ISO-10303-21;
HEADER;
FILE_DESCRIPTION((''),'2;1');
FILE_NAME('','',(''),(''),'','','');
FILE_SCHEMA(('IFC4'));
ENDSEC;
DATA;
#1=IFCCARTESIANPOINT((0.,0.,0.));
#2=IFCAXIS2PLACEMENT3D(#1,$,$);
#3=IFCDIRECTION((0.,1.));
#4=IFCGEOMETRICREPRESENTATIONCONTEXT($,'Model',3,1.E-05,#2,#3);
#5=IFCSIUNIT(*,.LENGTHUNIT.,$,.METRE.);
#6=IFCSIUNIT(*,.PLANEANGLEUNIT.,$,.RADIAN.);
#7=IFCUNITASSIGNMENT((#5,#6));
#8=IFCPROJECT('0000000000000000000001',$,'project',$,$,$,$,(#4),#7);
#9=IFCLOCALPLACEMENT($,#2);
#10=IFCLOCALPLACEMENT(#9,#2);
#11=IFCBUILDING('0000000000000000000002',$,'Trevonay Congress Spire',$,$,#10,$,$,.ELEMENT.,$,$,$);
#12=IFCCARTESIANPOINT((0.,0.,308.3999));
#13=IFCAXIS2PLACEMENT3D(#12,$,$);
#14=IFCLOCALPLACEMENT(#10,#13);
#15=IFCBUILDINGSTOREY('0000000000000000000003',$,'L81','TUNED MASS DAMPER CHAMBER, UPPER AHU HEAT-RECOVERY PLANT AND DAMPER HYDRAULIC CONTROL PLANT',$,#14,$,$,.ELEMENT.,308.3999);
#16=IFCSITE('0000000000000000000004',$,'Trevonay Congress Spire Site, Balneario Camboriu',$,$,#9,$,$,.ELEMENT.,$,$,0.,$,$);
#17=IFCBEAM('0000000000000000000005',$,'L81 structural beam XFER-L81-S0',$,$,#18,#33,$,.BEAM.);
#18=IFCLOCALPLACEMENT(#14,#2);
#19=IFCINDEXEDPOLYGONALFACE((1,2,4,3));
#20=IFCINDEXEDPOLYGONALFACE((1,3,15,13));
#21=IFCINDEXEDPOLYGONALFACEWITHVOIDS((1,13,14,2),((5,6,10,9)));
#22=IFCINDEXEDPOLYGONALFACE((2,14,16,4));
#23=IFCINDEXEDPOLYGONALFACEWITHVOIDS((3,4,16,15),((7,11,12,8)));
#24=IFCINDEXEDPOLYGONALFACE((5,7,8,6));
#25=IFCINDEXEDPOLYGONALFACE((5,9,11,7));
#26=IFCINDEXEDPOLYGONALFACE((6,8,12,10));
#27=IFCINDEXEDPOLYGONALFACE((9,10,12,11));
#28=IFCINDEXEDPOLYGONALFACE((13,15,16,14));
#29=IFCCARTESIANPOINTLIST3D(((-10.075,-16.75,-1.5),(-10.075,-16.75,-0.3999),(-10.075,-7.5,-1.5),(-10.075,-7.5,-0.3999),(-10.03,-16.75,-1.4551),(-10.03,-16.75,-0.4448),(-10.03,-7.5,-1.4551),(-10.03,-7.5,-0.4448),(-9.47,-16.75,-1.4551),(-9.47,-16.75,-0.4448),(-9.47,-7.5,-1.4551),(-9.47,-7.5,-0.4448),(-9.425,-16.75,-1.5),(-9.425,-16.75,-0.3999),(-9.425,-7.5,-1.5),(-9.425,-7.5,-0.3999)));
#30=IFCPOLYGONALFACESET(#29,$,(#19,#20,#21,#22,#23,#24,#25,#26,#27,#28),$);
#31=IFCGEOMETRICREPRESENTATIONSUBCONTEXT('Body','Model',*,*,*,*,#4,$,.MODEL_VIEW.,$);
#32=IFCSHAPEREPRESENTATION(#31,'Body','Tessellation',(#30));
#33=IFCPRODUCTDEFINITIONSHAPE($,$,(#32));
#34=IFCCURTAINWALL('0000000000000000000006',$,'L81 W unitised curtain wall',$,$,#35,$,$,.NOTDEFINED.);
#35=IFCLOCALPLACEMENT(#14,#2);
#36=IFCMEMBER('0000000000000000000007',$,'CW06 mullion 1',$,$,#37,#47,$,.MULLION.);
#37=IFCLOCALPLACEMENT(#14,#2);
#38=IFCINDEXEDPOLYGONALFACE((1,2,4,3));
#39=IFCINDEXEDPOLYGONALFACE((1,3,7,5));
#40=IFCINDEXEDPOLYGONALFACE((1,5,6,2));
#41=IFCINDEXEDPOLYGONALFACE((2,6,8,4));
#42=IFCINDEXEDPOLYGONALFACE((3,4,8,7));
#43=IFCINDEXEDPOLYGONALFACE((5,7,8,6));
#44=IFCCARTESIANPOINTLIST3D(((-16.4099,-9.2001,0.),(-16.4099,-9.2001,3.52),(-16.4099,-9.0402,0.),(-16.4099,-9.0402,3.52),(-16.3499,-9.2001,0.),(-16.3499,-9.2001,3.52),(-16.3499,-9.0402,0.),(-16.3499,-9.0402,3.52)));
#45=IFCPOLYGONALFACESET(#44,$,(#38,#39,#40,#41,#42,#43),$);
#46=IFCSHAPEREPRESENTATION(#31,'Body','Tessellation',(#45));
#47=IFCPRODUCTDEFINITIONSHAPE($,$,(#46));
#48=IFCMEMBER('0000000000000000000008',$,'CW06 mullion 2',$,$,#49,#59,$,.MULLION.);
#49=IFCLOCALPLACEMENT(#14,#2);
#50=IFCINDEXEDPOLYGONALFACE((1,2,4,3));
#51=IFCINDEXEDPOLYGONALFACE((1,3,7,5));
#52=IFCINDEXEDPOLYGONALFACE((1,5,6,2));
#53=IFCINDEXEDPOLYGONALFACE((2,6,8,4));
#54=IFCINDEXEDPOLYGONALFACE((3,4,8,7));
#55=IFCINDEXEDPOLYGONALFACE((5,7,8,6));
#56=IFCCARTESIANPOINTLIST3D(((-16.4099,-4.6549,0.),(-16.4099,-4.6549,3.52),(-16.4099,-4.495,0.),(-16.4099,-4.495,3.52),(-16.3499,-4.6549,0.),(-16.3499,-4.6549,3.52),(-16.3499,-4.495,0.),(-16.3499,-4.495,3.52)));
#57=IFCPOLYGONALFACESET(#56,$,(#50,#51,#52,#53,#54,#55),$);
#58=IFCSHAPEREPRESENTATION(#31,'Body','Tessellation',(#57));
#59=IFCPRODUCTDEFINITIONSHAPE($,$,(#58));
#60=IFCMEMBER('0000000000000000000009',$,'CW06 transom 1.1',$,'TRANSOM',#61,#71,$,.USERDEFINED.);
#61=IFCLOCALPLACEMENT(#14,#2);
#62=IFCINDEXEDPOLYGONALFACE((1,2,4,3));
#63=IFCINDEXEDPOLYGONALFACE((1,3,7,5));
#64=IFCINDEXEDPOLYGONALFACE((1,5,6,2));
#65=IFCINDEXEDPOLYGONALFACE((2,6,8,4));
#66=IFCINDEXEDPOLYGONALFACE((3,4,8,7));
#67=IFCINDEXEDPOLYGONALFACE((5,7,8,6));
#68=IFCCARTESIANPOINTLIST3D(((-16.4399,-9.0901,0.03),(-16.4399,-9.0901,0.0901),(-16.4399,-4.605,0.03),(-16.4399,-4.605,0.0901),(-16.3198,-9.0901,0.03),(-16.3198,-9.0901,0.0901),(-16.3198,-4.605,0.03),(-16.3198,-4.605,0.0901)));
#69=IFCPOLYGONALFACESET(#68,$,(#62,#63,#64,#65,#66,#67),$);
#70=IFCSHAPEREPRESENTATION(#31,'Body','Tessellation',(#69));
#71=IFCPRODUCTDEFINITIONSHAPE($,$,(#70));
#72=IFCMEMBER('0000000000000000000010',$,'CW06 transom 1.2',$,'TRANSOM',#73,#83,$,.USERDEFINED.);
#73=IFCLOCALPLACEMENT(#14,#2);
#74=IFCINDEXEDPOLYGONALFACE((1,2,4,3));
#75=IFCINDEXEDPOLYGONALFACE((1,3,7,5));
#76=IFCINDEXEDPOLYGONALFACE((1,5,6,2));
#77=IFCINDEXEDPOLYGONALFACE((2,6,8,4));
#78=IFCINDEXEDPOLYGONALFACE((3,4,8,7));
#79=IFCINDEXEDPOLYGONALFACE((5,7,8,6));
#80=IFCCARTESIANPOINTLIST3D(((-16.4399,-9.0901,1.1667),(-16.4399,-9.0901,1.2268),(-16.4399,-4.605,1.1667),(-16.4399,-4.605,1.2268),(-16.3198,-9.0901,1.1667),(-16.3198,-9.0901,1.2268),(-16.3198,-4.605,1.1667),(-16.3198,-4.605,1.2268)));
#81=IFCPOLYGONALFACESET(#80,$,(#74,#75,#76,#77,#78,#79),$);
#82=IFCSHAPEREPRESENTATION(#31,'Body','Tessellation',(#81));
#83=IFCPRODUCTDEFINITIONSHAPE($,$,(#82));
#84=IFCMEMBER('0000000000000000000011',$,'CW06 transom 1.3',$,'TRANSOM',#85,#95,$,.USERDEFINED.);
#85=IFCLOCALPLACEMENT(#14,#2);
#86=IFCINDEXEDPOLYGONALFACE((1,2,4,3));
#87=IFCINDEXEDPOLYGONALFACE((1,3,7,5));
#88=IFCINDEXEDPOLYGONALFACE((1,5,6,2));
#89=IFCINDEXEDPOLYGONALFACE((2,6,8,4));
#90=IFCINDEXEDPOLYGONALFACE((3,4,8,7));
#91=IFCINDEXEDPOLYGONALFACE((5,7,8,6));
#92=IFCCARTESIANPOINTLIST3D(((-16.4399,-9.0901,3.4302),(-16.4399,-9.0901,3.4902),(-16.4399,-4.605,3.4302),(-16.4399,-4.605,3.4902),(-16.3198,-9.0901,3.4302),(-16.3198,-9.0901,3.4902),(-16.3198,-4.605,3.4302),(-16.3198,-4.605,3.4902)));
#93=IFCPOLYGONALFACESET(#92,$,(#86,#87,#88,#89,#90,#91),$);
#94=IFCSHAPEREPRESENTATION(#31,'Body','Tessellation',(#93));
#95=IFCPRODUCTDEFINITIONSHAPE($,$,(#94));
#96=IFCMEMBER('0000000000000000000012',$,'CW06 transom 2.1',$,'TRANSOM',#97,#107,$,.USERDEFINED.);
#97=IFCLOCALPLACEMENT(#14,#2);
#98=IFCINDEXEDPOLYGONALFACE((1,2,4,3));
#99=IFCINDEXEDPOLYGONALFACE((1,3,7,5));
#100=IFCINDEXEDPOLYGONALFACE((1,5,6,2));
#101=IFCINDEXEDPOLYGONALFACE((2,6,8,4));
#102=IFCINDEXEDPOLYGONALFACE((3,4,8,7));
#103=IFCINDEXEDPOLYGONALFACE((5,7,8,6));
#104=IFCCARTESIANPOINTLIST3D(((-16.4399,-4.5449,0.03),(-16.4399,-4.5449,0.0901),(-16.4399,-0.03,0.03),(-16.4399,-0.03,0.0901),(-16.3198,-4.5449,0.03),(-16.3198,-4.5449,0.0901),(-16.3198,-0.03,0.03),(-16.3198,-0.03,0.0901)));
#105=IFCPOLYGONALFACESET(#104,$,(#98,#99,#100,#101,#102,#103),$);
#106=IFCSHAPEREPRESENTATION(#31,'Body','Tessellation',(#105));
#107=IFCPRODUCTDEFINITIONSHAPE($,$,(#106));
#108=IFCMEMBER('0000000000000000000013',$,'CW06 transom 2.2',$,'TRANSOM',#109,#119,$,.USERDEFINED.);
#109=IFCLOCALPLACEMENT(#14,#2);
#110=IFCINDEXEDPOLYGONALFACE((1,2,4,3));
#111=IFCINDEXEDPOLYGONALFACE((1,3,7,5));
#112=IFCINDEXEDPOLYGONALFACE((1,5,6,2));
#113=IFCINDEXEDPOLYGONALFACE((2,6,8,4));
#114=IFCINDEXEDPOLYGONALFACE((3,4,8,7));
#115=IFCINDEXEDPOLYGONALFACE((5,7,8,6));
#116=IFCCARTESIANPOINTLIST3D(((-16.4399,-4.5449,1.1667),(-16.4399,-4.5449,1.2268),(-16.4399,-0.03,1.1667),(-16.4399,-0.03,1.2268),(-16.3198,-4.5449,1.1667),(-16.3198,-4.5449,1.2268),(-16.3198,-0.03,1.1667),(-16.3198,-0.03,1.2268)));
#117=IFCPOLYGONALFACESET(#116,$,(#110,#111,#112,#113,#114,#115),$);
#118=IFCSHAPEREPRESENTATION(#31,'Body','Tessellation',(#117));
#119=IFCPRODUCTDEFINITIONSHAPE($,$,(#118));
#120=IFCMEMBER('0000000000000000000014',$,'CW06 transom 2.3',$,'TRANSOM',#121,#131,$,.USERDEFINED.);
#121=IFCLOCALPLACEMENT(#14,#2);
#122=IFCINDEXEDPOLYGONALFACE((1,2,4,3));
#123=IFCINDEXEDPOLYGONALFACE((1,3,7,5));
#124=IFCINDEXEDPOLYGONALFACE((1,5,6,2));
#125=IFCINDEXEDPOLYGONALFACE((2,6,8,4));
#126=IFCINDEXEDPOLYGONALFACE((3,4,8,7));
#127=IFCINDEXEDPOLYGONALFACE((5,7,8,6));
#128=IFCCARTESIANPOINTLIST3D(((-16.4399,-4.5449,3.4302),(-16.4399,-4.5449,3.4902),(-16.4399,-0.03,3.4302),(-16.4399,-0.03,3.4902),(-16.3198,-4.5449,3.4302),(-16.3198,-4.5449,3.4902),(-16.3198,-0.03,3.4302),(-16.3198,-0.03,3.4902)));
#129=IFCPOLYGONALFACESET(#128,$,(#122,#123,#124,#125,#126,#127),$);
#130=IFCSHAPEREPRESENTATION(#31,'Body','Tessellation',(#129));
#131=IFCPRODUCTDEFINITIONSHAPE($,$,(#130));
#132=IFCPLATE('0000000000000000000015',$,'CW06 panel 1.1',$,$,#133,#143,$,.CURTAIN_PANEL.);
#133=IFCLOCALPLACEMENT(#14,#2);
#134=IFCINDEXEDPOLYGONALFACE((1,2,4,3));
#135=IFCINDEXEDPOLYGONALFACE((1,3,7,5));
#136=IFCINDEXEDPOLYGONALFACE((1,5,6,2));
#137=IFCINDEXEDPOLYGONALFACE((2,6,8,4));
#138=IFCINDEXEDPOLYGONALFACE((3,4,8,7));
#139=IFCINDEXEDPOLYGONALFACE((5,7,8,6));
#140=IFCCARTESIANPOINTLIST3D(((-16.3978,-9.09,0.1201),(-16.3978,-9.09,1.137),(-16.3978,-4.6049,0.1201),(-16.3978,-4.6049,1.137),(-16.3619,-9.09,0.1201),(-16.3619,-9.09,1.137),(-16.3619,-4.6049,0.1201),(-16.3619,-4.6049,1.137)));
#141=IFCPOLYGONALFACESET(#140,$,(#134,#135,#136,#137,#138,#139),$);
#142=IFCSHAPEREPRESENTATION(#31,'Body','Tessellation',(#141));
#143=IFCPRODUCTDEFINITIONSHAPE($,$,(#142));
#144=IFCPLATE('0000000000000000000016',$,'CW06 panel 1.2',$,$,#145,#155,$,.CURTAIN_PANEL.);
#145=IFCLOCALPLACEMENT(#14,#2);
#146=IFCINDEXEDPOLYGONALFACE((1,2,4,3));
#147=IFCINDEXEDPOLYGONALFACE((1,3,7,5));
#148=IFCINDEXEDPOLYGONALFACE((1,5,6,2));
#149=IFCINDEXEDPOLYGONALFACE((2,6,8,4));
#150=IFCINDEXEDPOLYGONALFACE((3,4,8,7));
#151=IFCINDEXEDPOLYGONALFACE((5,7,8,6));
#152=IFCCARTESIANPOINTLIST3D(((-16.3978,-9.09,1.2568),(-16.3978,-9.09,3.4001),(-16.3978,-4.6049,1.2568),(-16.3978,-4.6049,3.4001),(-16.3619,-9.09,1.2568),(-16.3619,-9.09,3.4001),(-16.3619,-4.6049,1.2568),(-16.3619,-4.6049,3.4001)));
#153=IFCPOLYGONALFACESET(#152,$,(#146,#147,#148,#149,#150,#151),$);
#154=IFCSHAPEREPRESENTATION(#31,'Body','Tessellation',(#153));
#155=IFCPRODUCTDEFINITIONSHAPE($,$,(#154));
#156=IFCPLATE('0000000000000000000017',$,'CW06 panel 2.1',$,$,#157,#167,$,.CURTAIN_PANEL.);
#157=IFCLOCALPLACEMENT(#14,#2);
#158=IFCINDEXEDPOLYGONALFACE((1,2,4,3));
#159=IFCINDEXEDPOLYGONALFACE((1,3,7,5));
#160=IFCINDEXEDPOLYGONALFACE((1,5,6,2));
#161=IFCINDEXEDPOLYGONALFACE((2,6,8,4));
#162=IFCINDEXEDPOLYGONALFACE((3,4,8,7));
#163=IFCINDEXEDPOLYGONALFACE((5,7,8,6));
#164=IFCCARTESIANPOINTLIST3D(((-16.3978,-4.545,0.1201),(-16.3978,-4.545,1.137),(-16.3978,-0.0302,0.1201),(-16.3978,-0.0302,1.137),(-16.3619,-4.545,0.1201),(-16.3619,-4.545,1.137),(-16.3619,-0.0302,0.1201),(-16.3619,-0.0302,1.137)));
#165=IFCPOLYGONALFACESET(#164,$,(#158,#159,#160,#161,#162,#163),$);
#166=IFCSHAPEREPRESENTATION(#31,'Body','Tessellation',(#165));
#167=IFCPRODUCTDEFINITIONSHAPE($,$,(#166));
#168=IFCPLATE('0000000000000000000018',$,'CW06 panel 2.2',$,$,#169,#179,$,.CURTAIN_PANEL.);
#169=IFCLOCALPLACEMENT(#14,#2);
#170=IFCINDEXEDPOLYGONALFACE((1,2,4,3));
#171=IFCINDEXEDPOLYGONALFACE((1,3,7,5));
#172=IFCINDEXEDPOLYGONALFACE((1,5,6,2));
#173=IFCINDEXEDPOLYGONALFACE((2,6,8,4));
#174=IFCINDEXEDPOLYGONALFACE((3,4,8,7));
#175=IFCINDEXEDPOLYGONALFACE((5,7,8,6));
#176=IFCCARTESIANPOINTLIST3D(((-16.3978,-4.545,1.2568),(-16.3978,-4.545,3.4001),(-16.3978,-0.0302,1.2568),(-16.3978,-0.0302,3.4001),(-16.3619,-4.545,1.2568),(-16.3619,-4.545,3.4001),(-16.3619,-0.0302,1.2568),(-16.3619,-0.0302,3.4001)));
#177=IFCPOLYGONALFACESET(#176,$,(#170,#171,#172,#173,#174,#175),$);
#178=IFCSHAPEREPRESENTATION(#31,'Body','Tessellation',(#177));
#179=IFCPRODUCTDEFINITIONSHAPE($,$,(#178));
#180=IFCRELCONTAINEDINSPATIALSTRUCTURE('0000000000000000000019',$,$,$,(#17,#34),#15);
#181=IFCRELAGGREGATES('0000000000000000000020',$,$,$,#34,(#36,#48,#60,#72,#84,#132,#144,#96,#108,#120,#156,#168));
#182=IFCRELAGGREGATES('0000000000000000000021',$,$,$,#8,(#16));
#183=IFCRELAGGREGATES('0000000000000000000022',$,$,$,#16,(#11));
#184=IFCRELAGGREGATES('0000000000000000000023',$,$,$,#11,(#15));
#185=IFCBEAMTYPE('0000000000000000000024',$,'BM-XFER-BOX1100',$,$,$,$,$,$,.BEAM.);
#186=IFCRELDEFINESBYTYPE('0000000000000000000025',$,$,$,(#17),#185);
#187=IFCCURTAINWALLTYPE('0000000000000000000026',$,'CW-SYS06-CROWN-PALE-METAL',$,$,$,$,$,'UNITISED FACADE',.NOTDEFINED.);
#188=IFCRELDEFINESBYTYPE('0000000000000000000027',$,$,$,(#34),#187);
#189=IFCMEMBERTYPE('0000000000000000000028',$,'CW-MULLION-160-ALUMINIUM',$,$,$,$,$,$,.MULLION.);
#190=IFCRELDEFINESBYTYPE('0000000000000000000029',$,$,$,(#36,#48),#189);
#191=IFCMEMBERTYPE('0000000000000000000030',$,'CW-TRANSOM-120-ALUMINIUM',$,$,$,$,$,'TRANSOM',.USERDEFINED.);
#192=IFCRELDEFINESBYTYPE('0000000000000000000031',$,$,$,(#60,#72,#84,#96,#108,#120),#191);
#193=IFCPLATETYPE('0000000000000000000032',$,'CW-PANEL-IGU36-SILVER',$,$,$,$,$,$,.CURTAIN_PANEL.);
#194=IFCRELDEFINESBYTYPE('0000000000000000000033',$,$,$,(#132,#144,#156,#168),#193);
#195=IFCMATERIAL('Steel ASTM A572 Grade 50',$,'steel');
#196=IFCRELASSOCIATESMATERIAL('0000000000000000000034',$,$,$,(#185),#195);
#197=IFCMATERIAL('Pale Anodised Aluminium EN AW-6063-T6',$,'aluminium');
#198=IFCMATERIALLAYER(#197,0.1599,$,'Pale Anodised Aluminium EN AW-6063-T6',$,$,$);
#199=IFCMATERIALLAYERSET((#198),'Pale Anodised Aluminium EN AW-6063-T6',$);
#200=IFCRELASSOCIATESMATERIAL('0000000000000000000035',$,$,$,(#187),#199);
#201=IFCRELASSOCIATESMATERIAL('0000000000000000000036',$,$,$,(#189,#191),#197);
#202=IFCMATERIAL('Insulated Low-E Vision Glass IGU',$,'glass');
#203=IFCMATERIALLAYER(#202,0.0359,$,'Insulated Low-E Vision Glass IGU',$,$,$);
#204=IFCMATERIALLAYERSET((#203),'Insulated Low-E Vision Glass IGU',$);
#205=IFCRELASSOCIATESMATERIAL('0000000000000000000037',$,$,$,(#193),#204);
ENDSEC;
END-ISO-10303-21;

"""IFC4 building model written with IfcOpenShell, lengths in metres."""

from ifc_helpers import new_model, si_unit, direction, frame, origin, origin_2d, place, context, subcontext, project, spatial, rectangle, hollow_rectangle, extrude, material, layer, layer_set, material_profile, profile_set, type_object, element, aggregate, save


model = new_model("IFC4")

# Units and contexts
model_context = context("Model", 3, precision=1e-05, world=origin(), true_north=direction((0.0, 1.0)))
body_context = subcontext(model_context, "Body", "Model", "MODEL_VIEW")
ifc_project = project(units=[si_unit("LENGTHUNIT", "METRE"), si_unit("PLANEANGLEUNIT", "RADIAN")], contexts=[model_context])

# Site, building, storey
site_placement = place(None, origin())
site = spatial("IfcSite", under=ifc_project, at=site_placement, Name="Trevonay Congress Spire Site, Balneario Camboriu", CompositionType="ELEMENT", RefElevation=0.0)
building_placement = place(site_placement, origin())
building = spatial("IfcBuilding", under=site, at=building_placement, Name="Trevonay Congress Spire", CompositionType="ELEMENT")
storey_placement = place(building_placement, frame((0.0, 0.0, 308.3999)))
storey = spatial("IfcBuildingStorey", under=building, at=storey_placement, Name="L81", Description="TUNED MASS DAMPER CHAMBER, UPPER AHU HEAT-RECOVERY PLANT AND DAMPER HYDRAULIC CONTROL PLANT", CompositionType="ELEMENT", Elevation=308.3999)

# Beam
ifc_material_1 = material(Name="Steel ASTM A572 Grade 50", Category="steel")
ifc_material_profile_1 = material_profile(ifc_material_1, hollow_rectangle(XDim=0.6499, YDim=1.1001, WallThickness=0.0449, at=origin_2d()), Name="BOX 1100x650x45")
ifc_profile_set_1 = profile_set([ifc_material_profile_1], Name="Steel ASTM A572 Grade 50")
beam_type = type_object("IfcBeamType", Name="BM-XFER-BOX1100", PredefinedType="BEAM", material=ifc_profile_set_1)
beam_placement = place(storey_placement, frame((-9.75, -7.5, -0.95), z_axis=(0.0, -1.0, 0.0), x_axis=(1.0, 0.0, 0.0)))
element("IfcBeam", 1, at=beam_placement, inside=storey, type_object=beam_type, Name="L81 structural beam XFER-L81-S0", PredefinedType="BEAM", context=body_context, shape_type="SweptSolid", body=[
    extrude(hollow_rectangle(XDim=0.6499, YDim=1.1001, WallThickness=0.0449, at=origin_2d()), origin(), (0.0, 0.0, 1.0), 9.25),
])

# Curtain wall, members, plates
ifc_material_2 = material(Name="Pale Anodised Aluminium EN AW-6063-T6", Category="aluminium")
ifc_layer_1 = layer(ifc_material_2, 0.1599, Name="Pale Anodised Aluminium EN AW-6063-T6")
ifc_layer_set_1 = layer_set([ifc_layer_1], Name="Pale Anodised Aluminium EN AW-6063-T6")
curtain_wall_type = type_object("IfcCurtainWallType", Name="CW-SYS06-CROWN-PALE-METAL", ElementType="UNITISED FACADE", PredefinedType="NOTDEFINED", material=ifc_layer_set_1)
curtain_wall_placement = place(storey_placement, origin())
curtain_wall = element("IfcCurtainWall", 2, at=curtain_wall_placement, inside=storey, type_object=curtain_wall_type, Name="L81 W unitised curtain wall", PredefinedType="NOTDEFINED")
ifc_material_profile_2 = material_profile(ifc_material_2, rectangle(XDim=0.0601, YDim=0.1599, at=origin_2d()), Name="CW-MULLION-160-ALUMINIUM")
ifc_profile_set_2 = profile_set([ifc_material_profile_2], Name="Pale Anodised Aluminium EN AW-6063-T6")
member_type_1 = type_object("IfcMemberType", Name="CW-MULLION-160-ALUMINIUM", PredefinedType="MULLION", material=ifc_profile_set_2)
member_1_placement = place(storey_placement, frame((-16.3799, -9.1201, 0.0), z_axis=(0.0, 0.0, 1.0), x_axis=(-1.0, 0.0, 0.0)))
member_1 = element("IfcMember", 3, at=member_1_placement, type_object=member_type_1, Name="CW06 mullion 1", PredefinedType="MULLION", context=body_context, shape_type="SweptSolid", body=[
    extrude(rectangle(XDim=0.0601, YDim=0.1599, at=origin_2d()), origin(), (0.0, 0.0, 1.0), 3.52),
])
member_2_placement = place(storey_placement, frame((-16.3799, -4.575, 0.0), z_axis=(0.0, 0.0, 1.0), x_axis=(-1.0, 0.0, 0.0)))
member_2 = element("IfcMember", 4, at=member_2_placement, type_object=member_type_1, Name="CW06 mullion 2", PredefinedType="MULLION", context=body_context, shape_type="SweptSolid", body=[
    extrude(rectangle(XDim=0.0601, YDim=0.1599, at=origin_2d()), origin(), (0.0, 0.0, 1.0), 3.52),
])
ifc_material_profile_3 = material_profile(ifc_material_2, rectangle(XDim=0.1201, YDim=0.0601, at=origin_2d()), Name="CW-TRANSOM-120-ALUMINIUM")
ifc_profile_set_3 = profile_set([ifc_material_profile_3], Name="Pale Anodised Aluminium EN AW-6063-T6")
member_type_2 = type_object("IfcMemberType", Name="CW-TRANSOM-120-ALUMINIUM", ElementType="TRANSOM", PredefinedType="USERDEFINED", material=ifc_profile_set_3)
member_3_placement = place(storey_placement, frame((-16.3799, -9.0901, 0.0601), z_axis=(0.0, 1.0, 0.0), x_axis=(-1.0, 0.0, 0.0)))
member_3 = element("IfcMember", 5, at=member_3_placement, type_object=member_type_2, Name="CW06 transom 1.1", ObjectType="TRANSOM", PredefinedType="USERDEFINED", context=body_context, shape_type="SweptSolid", body=[
    extrude(rectangle(XDim=0.1201, YDim=0.0601, at=origin_2d()), origin(), (0.0, 0.0, 1.0), 4.4851),
])
member_4_placement = place(storey_placement, frame((-16.3799, -9.0901, 1.1968), z_axis=(0.0, 1.0, 0.0), x_axis=(-1.0, 0.0, 0.0)))
member_4 = element("IfcMember", 6, at=member_4_placement, type_object=member_type_2, Name="CW06 transom 1.2", ObjectType="TRANSOM", PredefinedType="USERDEFINED", context=body_context, shape_type="SweptSolid", body=[
    extrude(rectangle(XDim=0.1201, YDim=0.0601, at=origin_2d()), origin(), (0.0, 0.0, 1.0), 4.4851),
])
member_5_placement = place(storey_placement, frame((-16.3799, -9.0901, 3.4602), z_axis=(0.0, 1.0, 0.0), x_axis=(-1.0, 0.0, 0.0)))
member_5 = element("IfcMember", 7, at=member_5_placement, type_object=member_type_2, Name="CW06 transom 1.3", ObjectType="TRANSOM", PredefinedType="USERDEFINED", context=body_context, shape_type="SweptSolid", body=[
    extrude(rectangle(XDim=0.1201, YDim=0.0601, at=origin_2d()), origin(), (0.0, 0.0, 1.0), 4.4851),
])
member_6_placement = place(storey_placement, frame((-16.3799, -4.5449, 0.0601), z_axis=(0.0, 1.0, 0.0), x_axis=(-1.0, 0.0, 0.0)))
member_6 = element("IfcMember", 8, at=member_6_placement, type_object=member_type_2, Name="CW06 transom 2.1", ObjectType="TRANSOM", PredefinedType="USERDEFINED", context=body_context, shape_type="SweptSolid", body=[
    extrude(rectangle(XDim=0.1201, YDim=0.0601, at=origin_2d()), origin(), (0.0, 0.0, 1.0), 4.5149),
])
member_7_placement = place(storey_placement, frame((-16.3799, -4.5449, 1.1968), z_axis=(0.0, 1.0, 0.0), x_axis=(-1.0, 0.0, 0.0)))
member_7 = element("IfcMember", 9, at=member_7_placement, type_object=member_type_2, Name="CW06 transom 2.2", ObjectType="TRANSOM", PredefinedType="USERDEFINED", context=body_context, shape_type="SweptSolid", body=[
    extrude(rectangle(XDim=0.1201, YDim=0.0601, at=origin_2d()), origin(), (0.0, 0.0, 1.0), 4.5149),
])
member_8_placement = place(storey_placement, frame((-16.3799, -4.5449, 3.4602), z_axis=(0.0, 1.0, 0.0), x_axis=(-1.0, 0.0, 0.0)))
member_8 = element("IfcMember", 10, at=member_8_placement, type_object=member_type_2, Name="CW06 transom 2.3", ObjectType="TRANSOM", PredefinedType="USERDEFINED", context=body_context, shape_type="SweptSolid", body=[
    extrude(rectangle(XDim=0.1201, YDim=0.0601, at=origin_2d()), origin(), (0.0, 0.0, 1.0), 4.5149),
])
ifc_material_3 = material(Name="Insulated Low-E Vision Glass IGU", Category="glass")
ifc_layer_2 = layer(ifc_material_3, 0.0359, Name="Insulated Low-E Vision Glass IGU")
ifc_layer_set_2 = layer_set([ifc_layer_2], Name="Insulated Low-E Vision Glass IGU")
plate_type = type_object("IfcPlateType", Name="CW-PANEL-IGU36-SILVER", PredefinedType="CURTAIN_PANEL", material=ifc_layer_set_2)
plate_1_placement = place(storey_placement, frame((-16.3799, -6.8474, 0.1201), z_axis=(0.0, 0.0, 1.0), x_axis=(0.0, 1.0, 0.0)))
plate_1 = element("IfcPlate", 11, at=plate_1_placement, type_object=plate_type, Name="CW06 panel 1.1", PredefinedType="CURTAIN_PANEL", context=body_context, shape_type="SweptSolid", body=[
    extrude(rectangle(XDim=4.4851, YDim=0.0359, at=origin_2d()), origin(), (0.0, 0.0, 1.0), 1.0168),
])
plate_2_placement = place(storey_placement, frame((-16.3799, -6.8474, 1.2568), z_axis=(0.0, 0.0, 1.0), x_axis=(0.0, 1.0, 0.0)))
plate_2 = element("IfcPlate", 12, at=plate_2_placement, type_object=plate_type, Name="CW06 panel 1.2", PredefinedType="CURTAIN_PANEL", context=body_context, shape_type="SweptSolid", body=[
    extrude(rectangle(XDim=4.4851, YDim=0.0359, at=origin_2d()), origin(), (0.0, 0.0, 1.0), 2.1433),
])
plate_3_placement = place(storey_placement, frame((-16.3799, -2.2876, 0.1201), z_axis=(0.0, 0.0, 1.0), x_axis=(0.0, 1.0, 0.0)))
plate_3 = element("IfcPlate", 13, at=plate_3_placement, type_object=plate_type, Name="CW06 panel 2.1", PredefinedType="CURTAIN_PANEL", context=body_context, shape_type="SweptSolid", body=[
    extrude(rectangle(XDim=4.5149, YDim=0.0359, at=origin_2d()), origin(), (0.0, 0.0, 1.0), 1.0168),
])
plate_4_placement = place(storey_placement, frame((-16.3799, -2.2876, 1.2568), z_axis=(0.0, 0.0, 1.0), x_axis=(0.0, 1.0, 0.0)))
plate_4 = element("IfcPlate", 14, at=plate_4_placement, type_object=plate_type, Name="CW06 panel 2.2", PredefinedType="CURTAIN_PANEL", context=body_context, shape_type="SweptSolid", body=[
    extrude(rectangle(XDim=4.5149, YDim=0.0359, at=origin_2d()), origin(), (0.0, 0.0, 1.0), 2.1433),
])
aggregate(curtain_wall, [member_1, member_2, member_3, member_4, member_5, plate_1, plate_2, member_6, member_7, member_8, plate_3, plate_4])

save(model, "model.ifc")
